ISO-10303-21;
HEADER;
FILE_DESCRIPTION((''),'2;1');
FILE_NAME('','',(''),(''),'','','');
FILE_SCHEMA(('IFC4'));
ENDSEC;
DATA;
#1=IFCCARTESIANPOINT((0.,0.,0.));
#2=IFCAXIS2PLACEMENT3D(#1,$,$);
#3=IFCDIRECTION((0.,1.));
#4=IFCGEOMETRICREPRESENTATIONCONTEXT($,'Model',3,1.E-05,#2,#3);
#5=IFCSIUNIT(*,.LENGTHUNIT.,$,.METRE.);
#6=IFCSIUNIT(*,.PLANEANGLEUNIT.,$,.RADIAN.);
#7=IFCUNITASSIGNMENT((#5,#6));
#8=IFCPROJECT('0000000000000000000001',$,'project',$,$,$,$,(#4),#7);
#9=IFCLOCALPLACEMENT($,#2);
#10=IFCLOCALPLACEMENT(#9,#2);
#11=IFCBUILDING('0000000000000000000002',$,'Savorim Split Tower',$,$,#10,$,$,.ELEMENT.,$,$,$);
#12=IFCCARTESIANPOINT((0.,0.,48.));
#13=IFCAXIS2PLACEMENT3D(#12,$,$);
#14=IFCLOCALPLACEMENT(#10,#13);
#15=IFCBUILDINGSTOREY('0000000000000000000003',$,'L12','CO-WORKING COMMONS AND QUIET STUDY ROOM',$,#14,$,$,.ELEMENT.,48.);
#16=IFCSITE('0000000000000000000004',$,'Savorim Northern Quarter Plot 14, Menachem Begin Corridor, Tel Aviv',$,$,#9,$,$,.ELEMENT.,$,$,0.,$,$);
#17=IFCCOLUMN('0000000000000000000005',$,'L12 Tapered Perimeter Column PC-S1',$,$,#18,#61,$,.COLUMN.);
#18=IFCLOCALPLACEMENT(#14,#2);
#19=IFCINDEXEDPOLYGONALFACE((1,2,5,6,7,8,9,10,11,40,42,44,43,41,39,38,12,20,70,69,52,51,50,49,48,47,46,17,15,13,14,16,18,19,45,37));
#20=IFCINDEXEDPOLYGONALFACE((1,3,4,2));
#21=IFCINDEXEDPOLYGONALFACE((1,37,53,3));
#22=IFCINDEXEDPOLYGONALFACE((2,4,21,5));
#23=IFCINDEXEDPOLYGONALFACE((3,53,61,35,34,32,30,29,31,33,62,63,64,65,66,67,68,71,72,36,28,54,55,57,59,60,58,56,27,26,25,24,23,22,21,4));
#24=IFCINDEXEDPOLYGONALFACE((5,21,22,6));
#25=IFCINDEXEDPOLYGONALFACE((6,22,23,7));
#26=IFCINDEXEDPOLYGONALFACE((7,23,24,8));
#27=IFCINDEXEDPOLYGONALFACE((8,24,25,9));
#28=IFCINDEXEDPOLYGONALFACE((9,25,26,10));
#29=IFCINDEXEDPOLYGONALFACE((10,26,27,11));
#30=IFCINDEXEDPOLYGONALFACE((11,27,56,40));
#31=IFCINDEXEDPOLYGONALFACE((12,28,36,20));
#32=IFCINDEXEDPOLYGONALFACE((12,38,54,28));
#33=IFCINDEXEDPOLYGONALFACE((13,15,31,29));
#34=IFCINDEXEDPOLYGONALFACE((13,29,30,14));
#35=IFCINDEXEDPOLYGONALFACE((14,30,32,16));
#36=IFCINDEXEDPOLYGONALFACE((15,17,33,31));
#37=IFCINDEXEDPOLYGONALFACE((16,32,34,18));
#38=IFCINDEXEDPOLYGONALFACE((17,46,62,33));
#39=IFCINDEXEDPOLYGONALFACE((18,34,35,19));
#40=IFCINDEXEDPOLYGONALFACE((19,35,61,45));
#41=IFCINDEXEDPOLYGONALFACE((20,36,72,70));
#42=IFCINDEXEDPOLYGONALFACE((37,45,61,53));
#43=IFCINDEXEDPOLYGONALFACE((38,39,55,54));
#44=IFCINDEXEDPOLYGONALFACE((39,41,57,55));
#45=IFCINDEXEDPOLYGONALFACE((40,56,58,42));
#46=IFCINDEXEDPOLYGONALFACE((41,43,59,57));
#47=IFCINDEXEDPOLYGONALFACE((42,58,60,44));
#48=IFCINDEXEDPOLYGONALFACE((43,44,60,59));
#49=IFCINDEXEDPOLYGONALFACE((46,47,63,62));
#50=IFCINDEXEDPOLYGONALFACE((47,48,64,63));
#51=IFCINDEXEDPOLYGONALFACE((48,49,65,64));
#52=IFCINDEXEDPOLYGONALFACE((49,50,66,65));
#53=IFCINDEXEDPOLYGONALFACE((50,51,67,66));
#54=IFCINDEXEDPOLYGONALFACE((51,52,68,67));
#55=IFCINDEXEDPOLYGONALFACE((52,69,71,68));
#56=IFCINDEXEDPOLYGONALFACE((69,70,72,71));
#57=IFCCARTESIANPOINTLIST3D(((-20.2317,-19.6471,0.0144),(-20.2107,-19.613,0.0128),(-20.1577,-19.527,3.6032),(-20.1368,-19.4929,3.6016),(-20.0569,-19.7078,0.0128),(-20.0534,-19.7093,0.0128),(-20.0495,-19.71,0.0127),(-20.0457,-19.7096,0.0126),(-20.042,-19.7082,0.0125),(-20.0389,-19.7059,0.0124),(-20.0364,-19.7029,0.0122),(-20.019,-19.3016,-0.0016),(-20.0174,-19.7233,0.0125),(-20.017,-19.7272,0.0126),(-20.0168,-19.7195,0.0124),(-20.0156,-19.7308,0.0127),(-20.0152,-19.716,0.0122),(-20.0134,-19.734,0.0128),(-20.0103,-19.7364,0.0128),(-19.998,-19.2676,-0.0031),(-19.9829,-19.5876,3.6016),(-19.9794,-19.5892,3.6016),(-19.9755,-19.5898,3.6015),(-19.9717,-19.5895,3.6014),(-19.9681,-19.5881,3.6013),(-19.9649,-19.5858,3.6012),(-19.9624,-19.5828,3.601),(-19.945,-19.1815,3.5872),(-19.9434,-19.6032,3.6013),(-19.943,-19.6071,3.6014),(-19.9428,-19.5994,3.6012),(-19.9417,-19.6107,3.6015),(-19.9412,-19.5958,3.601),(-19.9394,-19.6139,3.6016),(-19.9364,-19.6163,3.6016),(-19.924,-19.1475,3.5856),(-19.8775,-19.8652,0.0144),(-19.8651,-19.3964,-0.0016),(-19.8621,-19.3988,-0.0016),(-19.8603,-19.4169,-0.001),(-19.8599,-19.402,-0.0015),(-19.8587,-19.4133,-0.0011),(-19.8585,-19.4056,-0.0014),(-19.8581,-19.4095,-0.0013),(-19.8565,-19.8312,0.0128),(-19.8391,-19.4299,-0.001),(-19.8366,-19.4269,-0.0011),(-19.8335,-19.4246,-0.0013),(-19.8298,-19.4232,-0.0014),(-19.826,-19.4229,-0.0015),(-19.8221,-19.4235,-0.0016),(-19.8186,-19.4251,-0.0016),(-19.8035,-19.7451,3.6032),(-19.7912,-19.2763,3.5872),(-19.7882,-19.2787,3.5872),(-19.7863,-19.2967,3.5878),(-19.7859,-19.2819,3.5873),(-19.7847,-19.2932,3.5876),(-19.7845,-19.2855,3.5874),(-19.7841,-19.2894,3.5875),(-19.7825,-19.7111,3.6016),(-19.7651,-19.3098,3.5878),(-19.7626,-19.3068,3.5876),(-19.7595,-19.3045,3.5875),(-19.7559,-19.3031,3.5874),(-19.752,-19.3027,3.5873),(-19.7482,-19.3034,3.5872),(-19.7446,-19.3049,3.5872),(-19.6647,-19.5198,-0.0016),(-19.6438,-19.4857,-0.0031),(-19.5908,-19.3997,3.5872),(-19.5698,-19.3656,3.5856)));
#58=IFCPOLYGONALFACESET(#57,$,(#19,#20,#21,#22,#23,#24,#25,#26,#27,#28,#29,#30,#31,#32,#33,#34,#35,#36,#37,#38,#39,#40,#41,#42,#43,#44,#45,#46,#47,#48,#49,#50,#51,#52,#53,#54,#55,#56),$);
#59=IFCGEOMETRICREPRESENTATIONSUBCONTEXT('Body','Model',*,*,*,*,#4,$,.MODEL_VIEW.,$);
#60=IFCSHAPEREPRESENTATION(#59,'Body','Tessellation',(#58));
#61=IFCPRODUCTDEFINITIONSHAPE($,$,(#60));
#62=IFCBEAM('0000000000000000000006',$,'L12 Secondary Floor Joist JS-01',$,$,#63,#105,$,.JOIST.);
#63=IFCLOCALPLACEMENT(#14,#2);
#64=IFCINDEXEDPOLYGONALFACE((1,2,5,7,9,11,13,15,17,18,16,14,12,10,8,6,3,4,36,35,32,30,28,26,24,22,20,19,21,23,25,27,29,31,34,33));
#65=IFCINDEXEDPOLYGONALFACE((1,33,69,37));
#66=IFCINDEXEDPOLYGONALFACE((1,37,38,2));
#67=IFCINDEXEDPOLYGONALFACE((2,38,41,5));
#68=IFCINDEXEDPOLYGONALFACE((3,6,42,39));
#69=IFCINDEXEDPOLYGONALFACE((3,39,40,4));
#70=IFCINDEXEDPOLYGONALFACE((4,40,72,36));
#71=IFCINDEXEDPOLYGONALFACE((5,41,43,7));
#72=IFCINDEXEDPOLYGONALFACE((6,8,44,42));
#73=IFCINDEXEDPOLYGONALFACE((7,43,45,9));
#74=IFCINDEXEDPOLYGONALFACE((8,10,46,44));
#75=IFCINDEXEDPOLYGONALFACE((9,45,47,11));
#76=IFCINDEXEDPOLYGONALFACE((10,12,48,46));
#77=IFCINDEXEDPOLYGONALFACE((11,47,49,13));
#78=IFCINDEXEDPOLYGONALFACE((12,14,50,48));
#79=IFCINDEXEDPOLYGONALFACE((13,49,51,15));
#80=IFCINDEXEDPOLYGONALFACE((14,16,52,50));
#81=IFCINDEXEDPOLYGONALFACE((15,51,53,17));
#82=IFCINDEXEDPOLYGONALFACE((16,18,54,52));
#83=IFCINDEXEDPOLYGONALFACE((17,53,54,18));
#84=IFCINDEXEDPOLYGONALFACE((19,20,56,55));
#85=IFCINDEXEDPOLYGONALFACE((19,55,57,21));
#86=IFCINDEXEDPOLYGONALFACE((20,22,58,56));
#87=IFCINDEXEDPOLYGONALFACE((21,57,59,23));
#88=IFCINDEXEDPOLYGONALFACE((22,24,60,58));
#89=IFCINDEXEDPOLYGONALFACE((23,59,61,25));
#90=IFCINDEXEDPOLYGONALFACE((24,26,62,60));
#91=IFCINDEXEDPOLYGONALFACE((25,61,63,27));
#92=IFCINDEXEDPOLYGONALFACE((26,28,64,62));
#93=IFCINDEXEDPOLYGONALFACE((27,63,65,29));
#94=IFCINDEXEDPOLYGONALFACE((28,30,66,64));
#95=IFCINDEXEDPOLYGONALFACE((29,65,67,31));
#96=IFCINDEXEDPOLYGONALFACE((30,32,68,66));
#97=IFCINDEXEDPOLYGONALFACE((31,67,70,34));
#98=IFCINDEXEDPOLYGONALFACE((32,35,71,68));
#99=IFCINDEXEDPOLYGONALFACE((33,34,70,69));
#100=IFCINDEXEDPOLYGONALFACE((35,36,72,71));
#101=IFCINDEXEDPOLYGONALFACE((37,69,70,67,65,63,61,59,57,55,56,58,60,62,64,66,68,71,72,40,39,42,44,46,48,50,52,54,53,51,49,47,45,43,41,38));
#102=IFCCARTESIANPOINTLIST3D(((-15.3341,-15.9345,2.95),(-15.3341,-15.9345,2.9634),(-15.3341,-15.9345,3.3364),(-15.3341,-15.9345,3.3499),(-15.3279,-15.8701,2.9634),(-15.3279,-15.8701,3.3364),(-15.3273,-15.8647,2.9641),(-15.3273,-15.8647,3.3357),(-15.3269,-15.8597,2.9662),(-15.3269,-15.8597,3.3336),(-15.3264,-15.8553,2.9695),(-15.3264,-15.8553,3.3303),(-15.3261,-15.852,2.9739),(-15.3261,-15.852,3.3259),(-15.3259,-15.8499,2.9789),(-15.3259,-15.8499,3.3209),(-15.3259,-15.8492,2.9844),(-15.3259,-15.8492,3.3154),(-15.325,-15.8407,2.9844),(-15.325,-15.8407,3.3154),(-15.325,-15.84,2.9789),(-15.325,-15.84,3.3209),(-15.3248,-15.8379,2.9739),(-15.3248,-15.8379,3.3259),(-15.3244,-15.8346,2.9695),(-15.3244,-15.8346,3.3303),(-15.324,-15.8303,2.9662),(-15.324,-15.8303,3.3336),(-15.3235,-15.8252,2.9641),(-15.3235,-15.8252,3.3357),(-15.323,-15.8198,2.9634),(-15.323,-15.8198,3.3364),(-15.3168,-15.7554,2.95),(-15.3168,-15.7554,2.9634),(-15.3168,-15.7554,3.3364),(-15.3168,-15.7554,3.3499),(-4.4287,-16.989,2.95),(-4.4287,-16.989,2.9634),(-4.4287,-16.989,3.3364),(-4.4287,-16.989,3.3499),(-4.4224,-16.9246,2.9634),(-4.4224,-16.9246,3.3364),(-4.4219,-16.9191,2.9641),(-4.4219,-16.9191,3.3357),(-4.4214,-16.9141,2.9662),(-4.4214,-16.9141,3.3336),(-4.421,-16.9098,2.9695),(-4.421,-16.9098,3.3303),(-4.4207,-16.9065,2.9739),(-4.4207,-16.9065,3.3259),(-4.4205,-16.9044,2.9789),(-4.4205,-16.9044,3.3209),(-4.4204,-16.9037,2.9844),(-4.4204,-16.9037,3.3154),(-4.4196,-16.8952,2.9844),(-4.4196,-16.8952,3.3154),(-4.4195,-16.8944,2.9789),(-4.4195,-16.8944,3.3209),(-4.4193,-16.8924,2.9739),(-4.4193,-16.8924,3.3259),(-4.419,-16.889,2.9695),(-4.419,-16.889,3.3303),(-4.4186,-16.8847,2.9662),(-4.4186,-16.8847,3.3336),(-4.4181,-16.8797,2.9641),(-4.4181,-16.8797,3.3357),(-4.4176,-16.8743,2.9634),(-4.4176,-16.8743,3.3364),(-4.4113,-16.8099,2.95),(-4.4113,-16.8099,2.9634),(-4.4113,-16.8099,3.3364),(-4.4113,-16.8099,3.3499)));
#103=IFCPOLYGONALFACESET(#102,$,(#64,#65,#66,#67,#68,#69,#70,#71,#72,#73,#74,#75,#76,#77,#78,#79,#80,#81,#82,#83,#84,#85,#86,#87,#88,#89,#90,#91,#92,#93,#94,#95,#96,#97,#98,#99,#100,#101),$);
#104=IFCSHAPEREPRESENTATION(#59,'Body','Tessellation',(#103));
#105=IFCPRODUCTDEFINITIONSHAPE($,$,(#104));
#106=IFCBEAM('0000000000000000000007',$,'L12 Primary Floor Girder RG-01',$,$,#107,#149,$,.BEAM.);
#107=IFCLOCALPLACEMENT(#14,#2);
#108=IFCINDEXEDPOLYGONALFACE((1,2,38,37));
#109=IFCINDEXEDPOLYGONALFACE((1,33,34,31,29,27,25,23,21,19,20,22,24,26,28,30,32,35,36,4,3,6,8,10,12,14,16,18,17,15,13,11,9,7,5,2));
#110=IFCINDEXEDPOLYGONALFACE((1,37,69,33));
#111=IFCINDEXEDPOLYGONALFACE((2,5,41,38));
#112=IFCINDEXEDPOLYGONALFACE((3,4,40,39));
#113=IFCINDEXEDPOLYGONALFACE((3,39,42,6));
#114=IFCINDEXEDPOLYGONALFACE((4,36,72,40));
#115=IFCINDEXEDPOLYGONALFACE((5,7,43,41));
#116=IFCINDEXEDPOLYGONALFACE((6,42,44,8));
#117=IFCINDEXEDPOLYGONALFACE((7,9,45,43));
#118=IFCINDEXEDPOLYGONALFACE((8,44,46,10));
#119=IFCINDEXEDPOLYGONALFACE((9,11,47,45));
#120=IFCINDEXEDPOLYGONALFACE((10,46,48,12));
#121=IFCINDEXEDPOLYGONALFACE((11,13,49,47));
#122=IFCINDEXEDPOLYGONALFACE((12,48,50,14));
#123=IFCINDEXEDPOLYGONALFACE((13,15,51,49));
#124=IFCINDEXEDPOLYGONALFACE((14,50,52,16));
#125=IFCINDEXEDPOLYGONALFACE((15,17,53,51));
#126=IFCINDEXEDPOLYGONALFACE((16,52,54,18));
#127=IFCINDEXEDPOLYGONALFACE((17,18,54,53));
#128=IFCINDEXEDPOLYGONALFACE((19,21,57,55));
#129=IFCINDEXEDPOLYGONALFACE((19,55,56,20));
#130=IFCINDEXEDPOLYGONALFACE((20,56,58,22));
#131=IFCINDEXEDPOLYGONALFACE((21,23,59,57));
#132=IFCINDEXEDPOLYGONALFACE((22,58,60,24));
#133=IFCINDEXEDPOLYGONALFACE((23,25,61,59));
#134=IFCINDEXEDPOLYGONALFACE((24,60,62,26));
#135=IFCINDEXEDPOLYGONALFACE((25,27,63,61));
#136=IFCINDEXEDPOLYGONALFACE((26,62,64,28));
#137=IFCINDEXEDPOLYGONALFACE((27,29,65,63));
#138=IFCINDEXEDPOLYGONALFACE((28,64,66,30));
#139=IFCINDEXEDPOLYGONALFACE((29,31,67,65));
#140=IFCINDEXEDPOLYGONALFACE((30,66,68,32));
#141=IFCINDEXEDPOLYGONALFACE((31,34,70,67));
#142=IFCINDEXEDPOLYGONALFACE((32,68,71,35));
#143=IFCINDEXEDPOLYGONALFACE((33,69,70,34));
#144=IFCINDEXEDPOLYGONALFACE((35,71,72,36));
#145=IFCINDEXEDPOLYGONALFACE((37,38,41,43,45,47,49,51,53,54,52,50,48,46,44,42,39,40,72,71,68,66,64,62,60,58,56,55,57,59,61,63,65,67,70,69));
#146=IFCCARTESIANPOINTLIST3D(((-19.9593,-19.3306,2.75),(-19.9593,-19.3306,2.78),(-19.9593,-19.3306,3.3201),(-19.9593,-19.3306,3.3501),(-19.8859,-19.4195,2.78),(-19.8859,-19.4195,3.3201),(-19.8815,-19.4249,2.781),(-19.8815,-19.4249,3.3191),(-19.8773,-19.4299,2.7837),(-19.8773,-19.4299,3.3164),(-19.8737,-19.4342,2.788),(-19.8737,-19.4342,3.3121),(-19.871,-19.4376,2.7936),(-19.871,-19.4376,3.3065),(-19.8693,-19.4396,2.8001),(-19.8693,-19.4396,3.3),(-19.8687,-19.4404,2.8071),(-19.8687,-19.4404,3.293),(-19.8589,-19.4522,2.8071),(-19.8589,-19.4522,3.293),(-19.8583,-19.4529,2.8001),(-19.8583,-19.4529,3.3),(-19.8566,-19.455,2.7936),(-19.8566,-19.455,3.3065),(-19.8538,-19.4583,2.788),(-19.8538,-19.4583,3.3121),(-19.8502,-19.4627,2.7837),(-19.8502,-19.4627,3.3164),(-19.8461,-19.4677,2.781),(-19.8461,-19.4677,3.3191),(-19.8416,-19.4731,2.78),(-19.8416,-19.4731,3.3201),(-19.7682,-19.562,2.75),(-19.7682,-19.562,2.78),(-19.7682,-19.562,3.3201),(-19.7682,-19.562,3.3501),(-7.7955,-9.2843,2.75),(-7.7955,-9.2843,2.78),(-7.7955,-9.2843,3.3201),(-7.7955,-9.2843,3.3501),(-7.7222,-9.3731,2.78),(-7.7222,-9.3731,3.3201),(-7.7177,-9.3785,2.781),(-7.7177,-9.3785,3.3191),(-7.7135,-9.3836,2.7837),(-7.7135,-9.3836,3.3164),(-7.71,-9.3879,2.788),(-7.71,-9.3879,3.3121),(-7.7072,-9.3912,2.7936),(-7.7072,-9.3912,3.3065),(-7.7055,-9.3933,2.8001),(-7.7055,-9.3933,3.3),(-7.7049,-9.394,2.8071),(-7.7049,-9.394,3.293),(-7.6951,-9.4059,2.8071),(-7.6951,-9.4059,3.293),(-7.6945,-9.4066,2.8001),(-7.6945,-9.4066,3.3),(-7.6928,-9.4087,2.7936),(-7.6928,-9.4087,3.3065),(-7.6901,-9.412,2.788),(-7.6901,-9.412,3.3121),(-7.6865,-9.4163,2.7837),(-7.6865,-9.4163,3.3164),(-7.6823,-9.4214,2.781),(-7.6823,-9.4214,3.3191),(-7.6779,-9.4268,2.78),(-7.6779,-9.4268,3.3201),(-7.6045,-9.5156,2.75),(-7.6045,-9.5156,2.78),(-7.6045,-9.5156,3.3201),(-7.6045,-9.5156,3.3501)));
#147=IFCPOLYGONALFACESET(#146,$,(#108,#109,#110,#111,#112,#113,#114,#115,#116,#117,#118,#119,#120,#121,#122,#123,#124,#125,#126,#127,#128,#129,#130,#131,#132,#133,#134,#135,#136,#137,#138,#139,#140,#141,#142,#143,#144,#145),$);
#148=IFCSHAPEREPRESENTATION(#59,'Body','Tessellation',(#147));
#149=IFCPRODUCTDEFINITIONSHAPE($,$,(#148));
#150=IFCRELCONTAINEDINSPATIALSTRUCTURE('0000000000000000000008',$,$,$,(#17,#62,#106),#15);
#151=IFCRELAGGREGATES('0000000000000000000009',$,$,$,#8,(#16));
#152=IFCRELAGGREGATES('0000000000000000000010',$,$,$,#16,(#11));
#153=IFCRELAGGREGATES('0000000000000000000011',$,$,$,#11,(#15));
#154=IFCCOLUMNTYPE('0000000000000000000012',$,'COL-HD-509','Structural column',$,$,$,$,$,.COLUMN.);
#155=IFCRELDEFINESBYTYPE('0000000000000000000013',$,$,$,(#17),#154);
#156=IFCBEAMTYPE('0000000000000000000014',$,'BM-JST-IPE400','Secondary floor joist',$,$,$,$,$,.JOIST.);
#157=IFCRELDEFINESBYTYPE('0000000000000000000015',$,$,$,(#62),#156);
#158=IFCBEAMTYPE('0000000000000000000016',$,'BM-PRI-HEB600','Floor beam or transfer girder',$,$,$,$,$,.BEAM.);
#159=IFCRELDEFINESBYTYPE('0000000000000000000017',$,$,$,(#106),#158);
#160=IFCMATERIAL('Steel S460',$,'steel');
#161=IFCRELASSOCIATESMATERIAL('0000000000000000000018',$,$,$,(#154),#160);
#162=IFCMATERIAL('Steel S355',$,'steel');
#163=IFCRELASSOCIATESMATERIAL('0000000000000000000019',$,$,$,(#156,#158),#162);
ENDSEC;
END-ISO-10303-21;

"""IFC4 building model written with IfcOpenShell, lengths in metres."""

from ifc_helpers import new_model, si_unit, direction, frame, origin, origin_2d, place, context, subcontext, project, spatial, i_section, extrude, material, material_profile, profile_set, type_object, element, save


model = new_model("IFC4")

# Units and contexts
model_context = context("Model", 3, precision=1e-05, world=origin(), true_north=direction((0.0, 1.0)))
body_context = subcontext(model_context, "Body", "Model", "MODEL_VIEW")
ifc_project = project(units=[si_unit("LENGTHUNIT", "METRE"), si_unit("PLANEANGLEUNIT", "RADIAN")], contexts=[model_context])

# Site, building, storey
site_placement = place(None, origin())
site = spatial("IfcSite", under=ifc_project, at=site_placement, Name="Savorim Northern Quarter Plot 14, Menachem Begin Corridor, Tel Aviv", CompositionType="ELEMENT", RefElevation=0.0)
building_placement = place(site_placement, origin())
building = spatial("IfcBuilding", under=site, at=building_placement, Name="Savorim Split Tower", CompositionType="ELEMENT")
storey_placement = place(building_placement, frame((0.0, 0.0, 48.0)))
storey = spatial("IfcBuildingStorey", under=building, at=storey_placement, Name="L12", Description="CO-WORKING COMMONS AND QUIET STUDY ROOM", CompositionType="ELEMENT", Elevation=48.0)

# Column
ifc_material_1 = material(Name="Steel S460", Category="steel")
ifc_material_profile_1 = material_profile(ifc_material_1, i_section(OverallWidth=0.416, OverallDepth=0.446, WebThickness=0.0249, FlangeThickness=0.04, FilletRadius=0.0149, at=origin_2d()), Name="HD 400x509")
ifc_profile_set_1 = profile_set([ifc_material_profile_1], Name="Steel S460")
column_type = type_object("IfcColumnType", Name="COL-HD-509", Description="Structural column", PredefinedType="COLUMN", material=ifc_profile_set_1)
column_placement = place(storey_placement, frame((-19.9377, -19.5664, 0.0056), z_axis=(0.020596, 0.033444, 0.999228), x_axis=(-0.85148, 0.524387, 0.0)))
element("IfcColumn", 1, at=column_placement, inside=storey, type_object=column_type, Name="L12 Tapered Perimeter Column PC-S1", PredefinedType="COLUMN", context=body_context, shape_type="SweptSolid", body=[
    extrude(i_section(OverallWidth=0.416, OverallDepth=0.446, WebThickness=0.0249, FlangeThickness=0.04, FilletRadius=0.0149, at=origin_2d()), origin(), (0.0, 0.0, 1.0), 3.5916),
])

# Beams
ifc_material_2 = material(Name="Steel S355", Category="steel")
ifc_material_profile_2 = material_profile(ifc_material_2, i_section(OverallWidth=0.1799, OverallDepth=0.3999, WebThickness=0.0085, FlangeThickness=0.0134, FilletRadius=0.021, at=origin_2d()), Name="IPE 400")
ifc_profile_set_2 = profile_set([ifc_material_profile_2], Name="Steel S355")
beam_type_1 = type_object("IfcBeamType", Name="BM-JST-IPE400", Description="Secondary floor joist", PredefinedType="JOIST", material=ifc_profile_set_2)
beam_1_placement = place(storey_placement, frame((-15.3254, -15.845, 3.1499), z_axis=(0.995358, -0.09624, 0.0), x_axis=(0.09624, 0.995358, 0.0)))
element("IfcBeam", 2, at=beam_1_placement, inside=storey, type_object=beam_type_1, Name="L12 Secondary Floor Joist JS-01", PredefinedType="JOIST", context=body_context, shape_type="SweptSolid", body=[
    extrude(i_section(OverallWidth=0.1799, OverallDepth=0.3999, WebThickness=0.0085, FlangeThickness=0.0134, FilletRadius=0.021, at=origin_2d()), origin(), (0.0, 0.0, 1.0), 10.9563),
])
ifc_material_profile_3 = material_profile(ifc_material_2, i_section(OverallWidth=0.3, OverallDepth=0.6001, WebThickness=0.0154, FlangeThickness=0.03, FilletRadius=0.0271, at=origin_2d()), Name="HEB 600")
ifc_profile_set_3 = profile_set([ifc_material_profile_3], Name="Steel S355")
beam_type_2 = type_object("IfcBeamType", Name="BM-PRI-HEB600", Description="Floor beam or transfer girder", PredefinedType="BEAM", material=ifc_profile_set_3)
beam_2_placement = place(storey_placement, frame((-19.8638, -19.4463, 3.05), z_axis=(0.771024, 0.636807, 0.0), x_axis=(-0.636807, 0.771024, 0.0)))
element("IfcBeam", 3, at=beam_2_placement, inside=storey, type_object=beam_type_2, Name="L12 Primary Floor Girder RG-01", PredefinedType="BEAM", context=body_context, shape_type="SweptSolid", body=[
    extrude(i_section(OverallWidth=0.3, OverallDepth=0.6001, WebThickness=0.0154, FlangeThickness=0.03, FilletRadius=0.0271, at=origin_2d()), origin(), (0.0, 0.0, 1.0), 15.7761),
])

save(model, "model.ifc")
